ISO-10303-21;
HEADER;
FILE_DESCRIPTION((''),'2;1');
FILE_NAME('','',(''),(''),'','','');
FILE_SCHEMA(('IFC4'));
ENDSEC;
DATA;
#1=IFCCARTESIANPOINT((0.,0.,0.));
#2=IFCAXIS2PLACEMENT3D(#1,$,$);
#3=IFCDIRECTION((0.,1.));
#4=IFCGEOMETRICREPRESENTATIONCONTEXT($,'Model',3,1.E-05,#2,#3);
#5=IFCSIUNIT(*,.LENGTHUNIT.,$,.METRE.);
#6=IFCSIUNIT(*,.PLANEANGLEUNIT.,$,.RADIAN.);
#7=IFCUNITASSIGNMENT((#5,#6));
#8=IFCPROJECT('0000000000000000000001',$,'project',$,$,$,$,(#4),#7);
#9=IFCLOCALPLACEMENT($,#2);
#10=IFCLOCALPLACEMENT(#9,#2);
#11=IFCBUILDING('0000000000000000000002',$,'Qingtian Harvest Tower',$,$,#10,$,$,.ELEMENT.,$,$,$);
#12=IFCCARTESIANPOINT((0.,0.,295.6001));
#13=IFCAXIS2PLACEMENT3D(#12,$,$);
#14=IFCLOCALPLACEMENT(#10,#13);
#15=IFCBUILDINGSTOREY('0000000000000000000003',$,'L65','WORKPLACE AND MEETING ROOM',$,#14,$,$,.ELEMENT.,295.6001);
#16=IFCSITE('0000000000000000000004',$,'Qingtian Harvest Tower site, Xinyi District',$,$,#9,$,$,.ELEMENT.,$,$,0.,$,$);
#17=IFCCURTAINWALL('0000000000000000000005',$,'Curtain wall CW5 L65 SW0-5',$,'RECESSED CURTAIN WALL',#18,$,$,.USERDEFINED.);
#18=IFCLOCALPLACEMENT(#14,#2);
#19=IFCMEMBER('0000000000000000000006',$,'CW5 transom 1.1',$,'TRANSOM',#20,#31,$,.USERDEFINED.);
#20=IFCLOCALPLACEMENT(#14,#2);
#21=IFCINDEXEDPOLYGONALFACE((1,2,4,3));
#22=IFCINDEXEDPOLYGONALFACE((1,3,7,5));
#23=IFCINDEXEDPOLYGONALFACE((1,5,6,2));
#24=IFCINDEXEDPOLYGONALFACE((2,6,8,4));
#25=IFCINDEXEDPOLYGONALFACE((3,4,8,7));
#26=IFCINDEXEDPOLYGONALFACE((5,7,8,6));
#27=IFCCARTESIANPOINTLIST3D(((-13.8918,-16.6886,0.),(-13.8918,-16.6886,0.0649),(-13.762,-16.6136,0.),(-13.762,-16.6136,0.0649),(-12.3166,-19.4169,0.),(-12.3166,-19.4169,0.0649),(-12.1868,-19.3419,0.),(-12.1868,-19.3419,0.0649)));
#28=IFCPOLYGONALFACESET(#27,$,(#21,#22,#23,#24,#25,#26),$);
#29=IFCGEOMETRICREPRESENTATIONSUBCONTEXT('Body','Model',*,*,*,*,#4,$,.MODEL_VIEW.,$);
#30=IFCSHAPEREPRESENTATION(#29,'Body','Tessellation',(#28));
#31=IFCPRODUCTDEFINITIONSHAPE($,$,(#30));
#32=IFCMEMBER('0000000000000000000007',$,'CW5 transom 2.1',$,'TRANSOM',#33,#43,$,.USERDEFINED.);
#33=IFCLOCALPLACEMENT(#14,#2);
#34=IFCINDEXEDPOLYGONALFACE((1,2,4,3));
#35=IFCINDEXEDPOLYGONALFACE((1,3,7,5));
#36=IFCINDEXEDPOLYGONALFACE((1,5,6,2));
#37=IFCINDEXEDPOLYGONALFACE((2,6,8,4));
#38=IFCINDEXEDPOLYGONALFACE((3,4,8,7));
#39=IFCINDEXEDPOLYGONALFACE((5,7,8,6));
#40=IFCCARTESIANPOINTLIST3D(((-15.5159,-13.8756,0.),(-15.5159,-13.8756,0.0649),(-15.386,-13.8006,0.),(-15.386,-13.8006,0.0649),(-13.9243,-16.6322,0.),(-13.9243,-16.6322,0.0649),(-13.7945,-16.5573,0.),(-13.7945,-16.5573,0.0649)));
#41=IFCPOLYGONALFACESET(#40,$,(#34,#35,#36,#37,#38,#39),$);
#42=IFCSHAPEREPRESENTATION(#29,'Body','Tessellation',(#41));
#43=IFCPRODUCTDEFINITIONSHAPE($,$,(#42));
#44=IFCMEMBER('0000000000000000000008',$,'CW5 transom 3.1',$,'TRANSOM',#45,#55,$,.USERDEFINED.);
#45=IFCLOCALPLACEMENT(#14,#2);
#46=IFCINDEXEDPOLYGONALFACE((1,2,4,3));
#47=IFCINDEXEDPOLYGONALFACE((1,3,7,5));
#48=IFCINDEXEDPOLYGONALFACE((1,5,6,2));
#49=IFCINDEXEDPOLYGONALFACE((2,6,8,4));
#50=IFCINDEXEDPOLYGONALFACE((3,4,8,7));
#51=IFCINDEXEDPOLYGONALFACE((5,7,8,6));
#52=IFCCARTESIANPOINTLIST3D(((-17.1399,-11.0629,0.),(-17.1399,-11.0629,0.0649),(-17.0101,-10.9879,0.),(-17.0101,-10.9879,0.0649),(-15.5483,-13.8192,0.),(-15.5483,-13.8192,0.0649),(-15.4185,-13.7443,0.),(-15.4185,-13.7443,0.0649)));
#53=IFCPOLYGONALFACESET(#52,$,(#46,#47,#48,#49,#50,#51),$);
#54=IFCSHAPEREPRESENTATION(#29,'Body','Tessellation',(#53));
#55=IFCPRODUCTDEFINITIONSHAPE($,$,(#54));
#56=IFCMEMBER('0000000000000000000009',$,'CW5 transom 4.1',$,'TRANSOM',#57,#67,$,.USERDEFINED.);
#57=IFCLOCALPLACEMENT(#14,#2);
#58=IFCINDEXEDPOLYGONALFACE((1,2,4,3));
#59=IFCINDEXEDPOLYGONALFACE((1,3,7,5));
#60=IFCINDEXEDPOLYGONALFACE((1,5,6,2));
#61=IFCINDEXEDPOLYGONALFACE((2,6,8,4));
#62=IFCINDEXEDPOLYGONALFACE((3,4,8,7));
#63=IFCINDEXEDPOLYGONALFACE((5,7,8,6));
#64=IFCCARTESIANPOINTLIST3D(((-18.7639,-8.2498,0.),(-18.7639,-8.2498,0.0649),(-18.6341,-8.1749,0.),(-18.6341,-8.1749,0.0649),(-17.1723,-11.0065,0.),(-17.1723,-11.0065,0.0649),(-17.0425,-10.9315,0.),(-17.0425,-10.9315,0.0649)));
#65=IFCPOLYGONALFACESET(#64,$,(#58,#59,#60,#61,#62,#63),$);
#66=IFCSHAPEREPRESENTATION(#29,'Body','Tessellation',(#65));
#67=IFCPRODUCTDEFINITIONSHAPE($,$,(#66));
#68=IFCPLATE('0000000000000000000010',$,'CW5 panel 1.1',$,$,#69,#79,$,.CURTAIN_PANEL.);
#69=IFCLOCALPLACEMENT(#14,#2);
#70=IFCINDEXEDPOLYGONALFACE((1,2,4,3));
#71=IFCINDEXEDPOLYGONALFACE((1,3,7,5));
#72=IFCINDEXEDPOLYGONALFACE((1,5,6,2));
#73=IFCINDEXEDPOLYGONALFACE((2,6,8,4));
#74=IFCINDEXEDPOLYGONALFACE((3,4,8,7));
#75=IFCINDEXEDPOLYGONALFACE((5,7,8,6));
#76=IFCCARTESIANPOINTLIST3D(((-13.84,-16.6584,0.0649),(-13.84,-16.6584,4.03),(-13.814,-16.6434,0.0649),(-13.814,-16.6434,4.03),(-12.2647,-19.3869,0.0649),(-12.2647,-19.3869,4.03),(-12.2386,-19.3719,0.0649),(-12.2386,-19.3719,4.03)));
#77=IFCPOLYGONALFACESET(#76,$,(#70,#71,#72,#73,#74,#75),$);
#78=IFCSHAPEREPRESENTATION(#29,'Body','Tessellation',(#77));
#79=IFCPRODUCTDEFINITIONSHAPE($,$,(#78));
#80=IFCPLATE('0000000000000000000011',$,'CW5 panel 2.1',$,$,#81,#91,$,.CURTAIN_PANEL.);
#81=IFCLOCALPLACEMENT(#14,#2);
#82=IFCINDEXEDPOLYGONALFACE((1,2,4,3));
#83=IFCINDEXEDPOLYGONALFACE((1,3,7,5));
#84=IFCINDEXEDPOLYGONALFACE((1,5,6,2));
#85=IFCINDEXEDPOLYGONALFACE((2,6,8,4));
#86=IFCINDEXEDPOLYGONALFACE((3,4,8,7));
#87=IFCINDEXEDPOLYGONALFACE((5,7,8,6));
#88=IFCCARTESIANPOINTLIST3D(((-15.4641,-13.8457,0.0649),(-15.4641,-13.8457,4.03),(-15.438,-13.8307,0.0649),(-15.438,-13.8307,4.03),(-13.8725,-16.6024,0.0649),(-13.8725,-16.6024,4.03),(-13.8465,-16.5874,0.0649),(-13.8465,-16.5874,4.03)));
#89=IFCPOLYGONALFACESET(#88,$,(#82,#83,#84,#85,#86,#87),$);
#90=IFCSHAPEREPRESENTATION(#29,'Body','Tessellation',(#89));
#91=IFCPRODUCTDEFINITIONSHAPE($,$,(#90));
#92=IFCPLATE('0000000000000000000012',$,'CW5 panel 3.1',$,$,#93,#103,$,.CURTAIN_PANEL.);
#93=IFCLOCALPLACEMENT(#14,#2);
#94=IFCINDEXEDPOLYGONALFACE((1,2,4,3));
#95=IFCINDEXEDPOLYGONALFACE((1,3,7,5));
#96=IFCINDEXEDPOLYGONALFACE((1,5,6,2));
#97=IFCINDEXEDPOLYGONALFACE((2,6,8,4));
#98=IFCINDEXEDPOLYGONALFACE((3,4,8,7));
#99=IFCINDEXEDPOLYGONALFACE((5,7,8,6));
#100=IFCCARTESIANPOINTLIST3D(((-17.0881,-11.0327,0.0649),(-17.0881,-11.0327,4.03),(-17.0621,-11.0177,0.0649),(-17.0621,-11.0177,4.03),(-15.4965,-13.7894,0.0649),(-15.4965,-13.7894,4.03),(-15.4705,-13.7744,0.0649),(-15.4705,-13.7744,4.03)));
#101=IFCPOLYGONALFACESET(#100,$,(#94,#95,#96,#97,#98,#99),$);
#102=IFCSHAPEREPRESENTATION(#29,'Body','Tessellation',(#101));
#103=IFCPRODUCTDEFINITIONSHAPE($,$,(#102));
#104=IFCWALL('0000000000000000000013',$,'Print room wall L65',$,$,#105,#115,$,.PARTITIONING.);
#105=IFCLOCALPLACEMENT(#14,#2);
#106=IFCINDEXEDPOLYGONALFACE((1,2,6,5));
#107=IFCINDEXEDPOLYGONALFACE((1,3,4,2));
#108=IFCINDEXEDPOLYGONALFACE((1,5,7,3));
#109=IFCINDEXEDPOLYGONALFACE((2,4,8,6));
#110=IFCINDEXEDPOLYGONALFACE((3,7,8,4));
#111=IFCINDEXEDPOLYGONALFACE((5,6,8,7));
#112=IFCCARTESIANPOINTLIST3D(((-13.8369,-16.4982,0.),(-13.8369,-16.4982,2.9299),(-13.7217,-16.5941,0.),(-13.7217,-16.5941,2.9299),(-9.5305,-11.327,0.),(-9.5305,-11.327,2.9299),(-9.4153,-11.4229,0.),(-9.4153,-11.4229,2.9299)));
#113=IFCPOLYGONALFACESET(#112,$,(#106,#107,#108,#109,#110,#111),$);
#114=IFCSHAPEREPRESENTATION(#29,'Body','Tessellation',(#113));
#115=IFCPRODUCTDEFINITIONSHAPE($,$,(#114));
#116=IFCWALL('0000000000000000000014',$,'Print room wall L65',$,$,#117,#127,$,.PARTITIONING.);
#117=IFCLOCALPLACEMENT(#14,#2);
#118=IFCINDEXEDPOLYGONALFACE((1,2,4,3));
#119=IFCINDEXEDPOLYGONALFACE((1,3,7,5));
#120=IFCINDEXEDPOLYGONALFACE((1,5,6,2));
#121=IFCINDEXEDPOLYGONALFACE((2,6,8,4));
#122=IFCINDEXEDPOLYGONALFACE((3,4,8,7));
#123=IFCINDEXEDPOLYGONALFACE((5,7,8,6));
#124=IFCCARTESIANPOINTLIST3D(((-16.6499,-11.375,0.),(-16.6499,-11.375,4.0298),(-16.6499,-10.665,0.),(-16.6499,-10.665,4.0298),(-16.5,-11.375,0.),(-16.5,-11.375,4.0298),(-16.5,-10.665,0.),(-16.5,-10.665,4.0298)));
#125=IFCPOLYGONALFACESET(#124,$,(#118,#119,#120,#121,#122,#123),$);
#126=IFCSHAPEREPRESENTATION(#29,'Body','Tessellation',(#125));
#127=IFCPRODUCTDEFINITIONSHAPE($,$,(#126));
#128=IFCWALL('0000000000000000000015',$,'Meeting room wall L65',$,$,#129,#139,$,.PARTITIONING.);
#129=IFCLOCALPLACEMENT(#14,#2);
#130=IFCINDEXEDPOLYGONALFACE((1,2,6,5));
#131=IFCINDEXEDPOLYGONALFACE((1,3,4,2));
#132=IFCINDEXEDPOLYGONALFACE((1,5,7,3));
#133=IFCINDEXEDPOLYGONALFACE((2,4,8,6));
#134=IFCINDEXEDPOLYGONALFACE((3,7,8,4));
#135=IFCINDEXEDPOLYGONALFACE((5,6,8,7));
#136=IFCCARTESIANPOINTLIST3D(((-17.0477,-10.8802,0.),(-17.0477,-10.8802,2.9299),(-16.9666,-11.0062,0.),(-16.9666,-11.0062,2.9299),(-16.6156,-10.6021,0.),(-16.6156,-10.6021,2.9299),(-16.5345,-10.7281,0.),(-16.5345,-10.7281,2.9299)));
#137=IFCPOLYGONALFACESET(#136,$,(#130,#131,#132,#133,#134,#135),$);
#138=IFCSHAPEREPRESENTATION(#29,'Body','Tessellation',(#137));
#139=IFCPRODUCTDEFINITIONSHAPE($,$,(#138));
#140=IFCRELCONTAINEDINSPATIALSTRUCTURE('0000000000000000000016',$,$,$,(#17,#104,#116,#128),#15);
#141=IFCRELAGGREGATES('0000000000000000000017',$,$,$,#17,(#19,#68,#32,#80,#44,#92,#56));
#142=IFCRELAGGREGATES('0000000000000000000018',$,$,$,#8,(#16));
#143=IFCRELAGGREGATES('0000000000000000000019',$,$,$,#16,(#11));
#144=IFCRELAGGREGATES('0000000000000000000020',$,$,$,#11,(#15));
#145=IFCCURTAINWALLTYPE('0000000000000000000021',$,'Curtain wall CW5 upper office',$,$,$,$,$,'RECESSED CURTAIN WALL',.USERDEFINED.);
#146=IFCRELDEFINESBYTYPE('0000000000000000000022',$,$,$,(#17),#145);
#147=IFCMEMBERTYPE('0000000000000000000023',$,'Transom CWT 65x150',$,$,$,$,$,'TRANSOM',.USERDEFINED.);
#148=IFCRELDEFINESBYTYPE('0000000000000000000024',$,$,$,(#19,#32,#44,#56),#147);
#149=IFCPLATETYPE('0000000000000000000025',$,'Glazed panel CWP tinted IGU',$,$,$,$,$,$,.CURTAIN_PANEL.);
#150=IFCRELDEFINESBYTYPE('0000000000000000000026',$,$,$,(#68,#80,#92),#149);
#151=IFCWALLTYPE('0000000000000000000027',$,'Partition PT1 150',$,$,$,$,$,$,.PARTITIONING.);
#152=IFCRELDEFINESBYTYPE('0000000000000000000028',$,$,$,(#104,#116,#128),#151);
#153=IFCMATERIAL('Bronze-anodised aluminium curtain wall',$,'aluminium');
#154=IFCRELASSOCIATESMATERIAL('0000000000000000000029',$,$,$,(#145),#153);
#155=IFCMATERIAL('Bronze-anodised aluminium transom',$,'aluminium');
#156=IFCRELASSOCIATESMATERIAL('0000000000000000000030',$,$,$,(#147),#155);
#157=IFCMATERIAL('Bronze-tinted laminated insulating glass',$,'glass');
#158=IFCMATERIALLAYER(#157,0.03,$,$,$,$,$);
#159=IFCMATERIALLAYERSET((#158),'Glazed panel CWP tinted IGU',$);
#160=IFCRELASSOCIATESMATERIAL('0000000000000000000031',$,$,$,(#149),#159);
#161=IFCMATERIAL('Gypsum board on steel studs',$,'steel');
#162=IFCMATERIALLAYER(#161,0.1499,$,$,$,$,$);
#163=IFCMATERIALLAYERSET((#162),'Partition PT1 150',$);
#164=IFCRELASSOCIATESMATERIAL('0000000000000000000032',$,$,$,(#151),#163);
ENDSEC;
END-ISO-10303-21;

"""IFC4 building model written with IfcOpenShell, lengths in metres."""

from ifc_helpers import new_model, si_unit, direction, frame, frame_2d, origin, origin_2d, place, context, subcontext, project, spatial, rectangle, extrude, material, layer, layer_set, material_profile, profile_set, type_object, element, aggregate, save


model = new_model("IFC4")

# Units and contexts
model_context = context("Model", 3, precision=1e-05, world=origin(), true_north=direction((0.0, 1.0)))
body_context = subcontext(model_context, "Body", "Model", "MODEL_VIEW")
ifc_project = project(units=[si_unit("LENGTHUNIT", "METRE"), si_unit("PLANEANGLEUNIT", "RADIAN")], contexts=[model_context])

# Site, building, storey
site_placement = place(None, origin())
site = spatial("IfcSite", under=ifc_project, at=site_placement, Name="Qingtian Harvest Tower site, Xinyi District", CompositionType="ELEMENT", RefElevation=0.0)
building_placement = place(site_placement, origin())
building = spatial("IfcBuilding", under=site, at=building_placement, Name="Qingtian Harvest Tower", CompositionType="ELEMENT")
storey_placement = place(building_placement, frame((0.0, 0.0, 295.6001)))
storey = spatial("IfcBuildingStorey", under=building, at=storey_placement, Name="L65", Description="WORKPLACE AND MEETING ROOM", CompositionType="ELEMENT", Elevation=295.6001)

# Curtain wall
ifc_material_1 = material(Name="Bronze-anodised aluminium curtain wall", Category="aluminium")
curtain_wall_type = type_object("IfcCurtainWallType", Name="Curtain wall CW5 upper office", ElementType="RECESSED CURTAIN WALL", PredefinedType="USERDEFINED", material=ifc_material_1)
curtain_wall_placement = place(storey_placement, origin())
curtain_wall = element("IfcCurtainWall", 1, at=curtain_wall_placement, inside=storey, type_object=curtain_wall_type, Name="Curtain wall CW5 L65 SW0-5", ObjectType="RECESSED CURTAIN WALL", PredefinedType="USERDEFINED")

# Members
ifc_material_2 = material(Name="Bronze-anodised aluminium transom", Category="aluminium")
ifc_material_profile_1 = material_profile(ifc_material_2, rectangle(XDim=0.1499, YDim=0.0649, at=origin_2d()), Name="AL 65x150")
ifc_profile_set_1 = profile_set([ifc_material_profile_1], Name="Bronze-anodised aluminium transom")
member_type_1 = type_object("IfcMemberType", Name="Transom CWT 65x150", ElementType="TRANSOM", PredefinedType="USERDEFINED", material=ifc_profile_set_1)
member_1_placement = place(storey_placement, frame((-12.2517, -19.3794, 0.0325), z_axis=(-0.500006, 0.866022, 0.0), x_axis=(-0.866022, -0.500006, 0.0)))
member_1 = element("IfcMember", 2, at=member_1_placement, type_object=member_type_1, Name="CW5 transom 1.1", ObjectType="TRANSOM", PredefinedType="USERDEFINED", context=body_context, shape_type="SweptSolid", body=[
    extrude(rectangle(XDim=0.1499, YDim=0.0649, at=origin_2d()), origin(), (0.0, 0.0, 1.0), 3.1504),
])
member_2_placement = place(storey_placement, frame((-13.8594, -16.5947, 0.0325), z_axis=(-0.500008, 0.866021, 0.0), x_axis=(-0.866021, -0.500008, 0.0)))
member_2 = element("IfcMember", 3, at=member_2_placement, type_object=member_type_1, Name="CW5 transom 2.1", ObjectType="TRANSOM", PredefinedType="USERDEFINED", context=body_context, shape_type="SweptSolid", body=[
    extrude(rectangle(XDim=0.1499, YDim=0.0649, at=origin_2d()), origin(), (0.0, 0.0, 1.0), 3.1831),
])
member_3_placement = place(storey_placement, frame((-15.4834, -13.7817, 0.0325), z_axis=(-0.500041, 0.866002, 0.0), x_axis=(-0.866002, -0.500041, 0.0)))
member_3 = element("IfcMember", 4, at=member_3_placement, type_object=member_type_1, Name="CW5 transom 3.1", ObjectType="TRANSOM", PredefinedType="USERDEFINED", context=body_context, shape_type="SweptSolid", body=[
    extrude(rectangle(XDim=0.1499, YDim=0.0649, at=origin_2d()), origin(), (0.0, 0.0, 1.0), 3.1829),
])
member_4_placement = place(storey_placement, frame((-17.1074, -10.969, 0.0325), z_axis=(-0.500008, 0.866021, 0.0), x_axis=(-0.866021, -0.500008, 0.0)))
member_4 = element("IfcMember", 5, at=member_4_placement, type_object=member_type_1, Name="CW5 transom 4.1", ObjectType="TRANSOM", PredefinedType="USERDEFINED", context=body_context, shape_type="SweptSolid", body=[
    extrude(rectangle(XDim=0.1499, YDim=0.0649, at=origin_2d()), origin(), (0.0, 0.0, 1.0), 3.1831),
])

# Plates
ifc_material_3 = material(Name="Bronze-tinted laminated insulating glass", Category="glass")
ifc_layer_1 = layer(ifc_material_3, 0.03)
ifc_layer_set_1 = layer_set([ifc_layer_1], Name="Glazed panel CWP tinted IGU")
plate_type = type_object("IfcPlateType", Name="Glazed panel CWP tinted IGU", PredefinedType="CURTAIN_PANEL", material=ifc_layer_set_1)
plate_1_placement = place(storey_placement, frame((-13.0393, -18.0151, 0.0649), z_axis=(0.0, 0.0, 1.0), x_axis=(-0.5, 0.866025, 0.0)))
plate_1 = element("IfcPlate", 6, at=plate_1_placement, type_object=plate_type, Name="CW5 panel 1.1", PredefinedType="CURTAIN_PANEL", context=body_context, shape_type="SweptSolid", body=[
    extrude(rectangle(XDim=3.1506, YDim=0.03, at=origin_2d()), origin(), (0.0, 0.0, 1.0), 3.9651),
])
plate_2_placement = place(storey_placement, frame((-14.6553, -15.2166, 0.0649), z_axis=(0.0, 0.0, 1.0), x_axis=(-0.5, 0.866025, 0.0)))
plate_2 = element("IfcPlate", 7, at=plate_2_placement, type_object=plate_type, Name="CW5 panel 2.1", PredefinedType="CURTAIN_PANEL", context=body_context, shape_type="SweptSolid", body=[
    extrude(rectangle(XDim=3.1831, YDim=0.03, at=origin_2d()), origin(), (0.0, 0.0, 1.0), 3.9651),
])
plate_3_placement = place(storey_placement, frame((-16.2793, -12.4036, 0.0649), z_axis=(0.0, 0.0, 1.0), x_axis=(-0.5, 0.866025, 0.0)))
plate_3 = element("IfcPlate", 8, at=plate_3_placement, type_object=plate_type, Name="CW5 panel 3.1", PredefinedType="CURTAIN_PANEL", context=body_context, shape_type="SweptSolid", body=[
    extrude(rectangle(XDim=3.1831, YDim=0.03, at=origin_2d()), origin(), (0.0, 0.0, 1.0), 3.9651),
])
aggregate(curtain_wall, [member_1, plate_1, member_2, plate_2, member_3, plate_3, member_4])

# Walls
ifc_material_4 = material(Name="Gypsum board on steel studs", Category="steel")
ifc_layer_2 = layer(ifc_material_4, 0.1499)
ifc_layer_set_2 = layer_set([ifc_layer_2], Name="Partition PT1 150")
wall_type = type_object("IfcWallType", Name="Partition PT1 150", PredefinedType="PARTITIONING", material=ifc_layer_set_2)
wall_1_placement = place(storey_placement, frame((-13.7793, -16.5461, 0.0), z_axis=(0.0, 0.0, 1.0), x_axis=(0.639931, 0.768432, 0.0)))
element("IfcWall", 9, at=wall_1_placement, inside=storey, type_object=wall_type, Name="Print room wall L65", PredefinedType="PARTITIONING", context=body_context, shape_type="SweptSolid", body=[
    extrude(rectangle(XDim=6.7295, YDim=0.1499, at=frame_2d((3.3647, 0.0))), origin(), (0.0, 0.0, 1.0), 2.9299),
])
wall_2_placement = place(storey_placement, frame((-16.575, -11.375, 0.0), z_axis=(0.0, 0.0, 1.0), x_axis=(0.0, 1.0, 0.0)))
element("IfcWall", 10, at=wall_2_placement, inside=storey, type_object=wall_type, Name="Print room wall L65", PredefinedType="PARTITIONING", context=body_context, shape_type="SweptSolid", body=[
    extrude(rectangle(XDim=0.71, YDim=0.1499, at=frame_2d((0.355, 0.0))), origin(), (0.0, 0.0, 1.0), 4.0298),
])
wall_3_placement = place(storey_placement, frame((-17.0071, -10.9431, 0.0), z_axis=(0.0, 0.0, 1.0), x_axis=(0.840931, 0.541142, 0.0)))
element("IfcWall", 11, at=wall_3_placement, inside=storey, type_object=wall_type, Name="Meeting room wall L65", PredefinedType="PARTITIONING", context=body_context, shape_type="SweptSolid", body=[
    extrude(rectangle(XDim=0.5139, YDim=0.1499, at=frame_2d((0.2568, 0.0))), origin(), (0.0, 0.0, 1.0), 2.9299),
])

save(model, "model.ifc")
